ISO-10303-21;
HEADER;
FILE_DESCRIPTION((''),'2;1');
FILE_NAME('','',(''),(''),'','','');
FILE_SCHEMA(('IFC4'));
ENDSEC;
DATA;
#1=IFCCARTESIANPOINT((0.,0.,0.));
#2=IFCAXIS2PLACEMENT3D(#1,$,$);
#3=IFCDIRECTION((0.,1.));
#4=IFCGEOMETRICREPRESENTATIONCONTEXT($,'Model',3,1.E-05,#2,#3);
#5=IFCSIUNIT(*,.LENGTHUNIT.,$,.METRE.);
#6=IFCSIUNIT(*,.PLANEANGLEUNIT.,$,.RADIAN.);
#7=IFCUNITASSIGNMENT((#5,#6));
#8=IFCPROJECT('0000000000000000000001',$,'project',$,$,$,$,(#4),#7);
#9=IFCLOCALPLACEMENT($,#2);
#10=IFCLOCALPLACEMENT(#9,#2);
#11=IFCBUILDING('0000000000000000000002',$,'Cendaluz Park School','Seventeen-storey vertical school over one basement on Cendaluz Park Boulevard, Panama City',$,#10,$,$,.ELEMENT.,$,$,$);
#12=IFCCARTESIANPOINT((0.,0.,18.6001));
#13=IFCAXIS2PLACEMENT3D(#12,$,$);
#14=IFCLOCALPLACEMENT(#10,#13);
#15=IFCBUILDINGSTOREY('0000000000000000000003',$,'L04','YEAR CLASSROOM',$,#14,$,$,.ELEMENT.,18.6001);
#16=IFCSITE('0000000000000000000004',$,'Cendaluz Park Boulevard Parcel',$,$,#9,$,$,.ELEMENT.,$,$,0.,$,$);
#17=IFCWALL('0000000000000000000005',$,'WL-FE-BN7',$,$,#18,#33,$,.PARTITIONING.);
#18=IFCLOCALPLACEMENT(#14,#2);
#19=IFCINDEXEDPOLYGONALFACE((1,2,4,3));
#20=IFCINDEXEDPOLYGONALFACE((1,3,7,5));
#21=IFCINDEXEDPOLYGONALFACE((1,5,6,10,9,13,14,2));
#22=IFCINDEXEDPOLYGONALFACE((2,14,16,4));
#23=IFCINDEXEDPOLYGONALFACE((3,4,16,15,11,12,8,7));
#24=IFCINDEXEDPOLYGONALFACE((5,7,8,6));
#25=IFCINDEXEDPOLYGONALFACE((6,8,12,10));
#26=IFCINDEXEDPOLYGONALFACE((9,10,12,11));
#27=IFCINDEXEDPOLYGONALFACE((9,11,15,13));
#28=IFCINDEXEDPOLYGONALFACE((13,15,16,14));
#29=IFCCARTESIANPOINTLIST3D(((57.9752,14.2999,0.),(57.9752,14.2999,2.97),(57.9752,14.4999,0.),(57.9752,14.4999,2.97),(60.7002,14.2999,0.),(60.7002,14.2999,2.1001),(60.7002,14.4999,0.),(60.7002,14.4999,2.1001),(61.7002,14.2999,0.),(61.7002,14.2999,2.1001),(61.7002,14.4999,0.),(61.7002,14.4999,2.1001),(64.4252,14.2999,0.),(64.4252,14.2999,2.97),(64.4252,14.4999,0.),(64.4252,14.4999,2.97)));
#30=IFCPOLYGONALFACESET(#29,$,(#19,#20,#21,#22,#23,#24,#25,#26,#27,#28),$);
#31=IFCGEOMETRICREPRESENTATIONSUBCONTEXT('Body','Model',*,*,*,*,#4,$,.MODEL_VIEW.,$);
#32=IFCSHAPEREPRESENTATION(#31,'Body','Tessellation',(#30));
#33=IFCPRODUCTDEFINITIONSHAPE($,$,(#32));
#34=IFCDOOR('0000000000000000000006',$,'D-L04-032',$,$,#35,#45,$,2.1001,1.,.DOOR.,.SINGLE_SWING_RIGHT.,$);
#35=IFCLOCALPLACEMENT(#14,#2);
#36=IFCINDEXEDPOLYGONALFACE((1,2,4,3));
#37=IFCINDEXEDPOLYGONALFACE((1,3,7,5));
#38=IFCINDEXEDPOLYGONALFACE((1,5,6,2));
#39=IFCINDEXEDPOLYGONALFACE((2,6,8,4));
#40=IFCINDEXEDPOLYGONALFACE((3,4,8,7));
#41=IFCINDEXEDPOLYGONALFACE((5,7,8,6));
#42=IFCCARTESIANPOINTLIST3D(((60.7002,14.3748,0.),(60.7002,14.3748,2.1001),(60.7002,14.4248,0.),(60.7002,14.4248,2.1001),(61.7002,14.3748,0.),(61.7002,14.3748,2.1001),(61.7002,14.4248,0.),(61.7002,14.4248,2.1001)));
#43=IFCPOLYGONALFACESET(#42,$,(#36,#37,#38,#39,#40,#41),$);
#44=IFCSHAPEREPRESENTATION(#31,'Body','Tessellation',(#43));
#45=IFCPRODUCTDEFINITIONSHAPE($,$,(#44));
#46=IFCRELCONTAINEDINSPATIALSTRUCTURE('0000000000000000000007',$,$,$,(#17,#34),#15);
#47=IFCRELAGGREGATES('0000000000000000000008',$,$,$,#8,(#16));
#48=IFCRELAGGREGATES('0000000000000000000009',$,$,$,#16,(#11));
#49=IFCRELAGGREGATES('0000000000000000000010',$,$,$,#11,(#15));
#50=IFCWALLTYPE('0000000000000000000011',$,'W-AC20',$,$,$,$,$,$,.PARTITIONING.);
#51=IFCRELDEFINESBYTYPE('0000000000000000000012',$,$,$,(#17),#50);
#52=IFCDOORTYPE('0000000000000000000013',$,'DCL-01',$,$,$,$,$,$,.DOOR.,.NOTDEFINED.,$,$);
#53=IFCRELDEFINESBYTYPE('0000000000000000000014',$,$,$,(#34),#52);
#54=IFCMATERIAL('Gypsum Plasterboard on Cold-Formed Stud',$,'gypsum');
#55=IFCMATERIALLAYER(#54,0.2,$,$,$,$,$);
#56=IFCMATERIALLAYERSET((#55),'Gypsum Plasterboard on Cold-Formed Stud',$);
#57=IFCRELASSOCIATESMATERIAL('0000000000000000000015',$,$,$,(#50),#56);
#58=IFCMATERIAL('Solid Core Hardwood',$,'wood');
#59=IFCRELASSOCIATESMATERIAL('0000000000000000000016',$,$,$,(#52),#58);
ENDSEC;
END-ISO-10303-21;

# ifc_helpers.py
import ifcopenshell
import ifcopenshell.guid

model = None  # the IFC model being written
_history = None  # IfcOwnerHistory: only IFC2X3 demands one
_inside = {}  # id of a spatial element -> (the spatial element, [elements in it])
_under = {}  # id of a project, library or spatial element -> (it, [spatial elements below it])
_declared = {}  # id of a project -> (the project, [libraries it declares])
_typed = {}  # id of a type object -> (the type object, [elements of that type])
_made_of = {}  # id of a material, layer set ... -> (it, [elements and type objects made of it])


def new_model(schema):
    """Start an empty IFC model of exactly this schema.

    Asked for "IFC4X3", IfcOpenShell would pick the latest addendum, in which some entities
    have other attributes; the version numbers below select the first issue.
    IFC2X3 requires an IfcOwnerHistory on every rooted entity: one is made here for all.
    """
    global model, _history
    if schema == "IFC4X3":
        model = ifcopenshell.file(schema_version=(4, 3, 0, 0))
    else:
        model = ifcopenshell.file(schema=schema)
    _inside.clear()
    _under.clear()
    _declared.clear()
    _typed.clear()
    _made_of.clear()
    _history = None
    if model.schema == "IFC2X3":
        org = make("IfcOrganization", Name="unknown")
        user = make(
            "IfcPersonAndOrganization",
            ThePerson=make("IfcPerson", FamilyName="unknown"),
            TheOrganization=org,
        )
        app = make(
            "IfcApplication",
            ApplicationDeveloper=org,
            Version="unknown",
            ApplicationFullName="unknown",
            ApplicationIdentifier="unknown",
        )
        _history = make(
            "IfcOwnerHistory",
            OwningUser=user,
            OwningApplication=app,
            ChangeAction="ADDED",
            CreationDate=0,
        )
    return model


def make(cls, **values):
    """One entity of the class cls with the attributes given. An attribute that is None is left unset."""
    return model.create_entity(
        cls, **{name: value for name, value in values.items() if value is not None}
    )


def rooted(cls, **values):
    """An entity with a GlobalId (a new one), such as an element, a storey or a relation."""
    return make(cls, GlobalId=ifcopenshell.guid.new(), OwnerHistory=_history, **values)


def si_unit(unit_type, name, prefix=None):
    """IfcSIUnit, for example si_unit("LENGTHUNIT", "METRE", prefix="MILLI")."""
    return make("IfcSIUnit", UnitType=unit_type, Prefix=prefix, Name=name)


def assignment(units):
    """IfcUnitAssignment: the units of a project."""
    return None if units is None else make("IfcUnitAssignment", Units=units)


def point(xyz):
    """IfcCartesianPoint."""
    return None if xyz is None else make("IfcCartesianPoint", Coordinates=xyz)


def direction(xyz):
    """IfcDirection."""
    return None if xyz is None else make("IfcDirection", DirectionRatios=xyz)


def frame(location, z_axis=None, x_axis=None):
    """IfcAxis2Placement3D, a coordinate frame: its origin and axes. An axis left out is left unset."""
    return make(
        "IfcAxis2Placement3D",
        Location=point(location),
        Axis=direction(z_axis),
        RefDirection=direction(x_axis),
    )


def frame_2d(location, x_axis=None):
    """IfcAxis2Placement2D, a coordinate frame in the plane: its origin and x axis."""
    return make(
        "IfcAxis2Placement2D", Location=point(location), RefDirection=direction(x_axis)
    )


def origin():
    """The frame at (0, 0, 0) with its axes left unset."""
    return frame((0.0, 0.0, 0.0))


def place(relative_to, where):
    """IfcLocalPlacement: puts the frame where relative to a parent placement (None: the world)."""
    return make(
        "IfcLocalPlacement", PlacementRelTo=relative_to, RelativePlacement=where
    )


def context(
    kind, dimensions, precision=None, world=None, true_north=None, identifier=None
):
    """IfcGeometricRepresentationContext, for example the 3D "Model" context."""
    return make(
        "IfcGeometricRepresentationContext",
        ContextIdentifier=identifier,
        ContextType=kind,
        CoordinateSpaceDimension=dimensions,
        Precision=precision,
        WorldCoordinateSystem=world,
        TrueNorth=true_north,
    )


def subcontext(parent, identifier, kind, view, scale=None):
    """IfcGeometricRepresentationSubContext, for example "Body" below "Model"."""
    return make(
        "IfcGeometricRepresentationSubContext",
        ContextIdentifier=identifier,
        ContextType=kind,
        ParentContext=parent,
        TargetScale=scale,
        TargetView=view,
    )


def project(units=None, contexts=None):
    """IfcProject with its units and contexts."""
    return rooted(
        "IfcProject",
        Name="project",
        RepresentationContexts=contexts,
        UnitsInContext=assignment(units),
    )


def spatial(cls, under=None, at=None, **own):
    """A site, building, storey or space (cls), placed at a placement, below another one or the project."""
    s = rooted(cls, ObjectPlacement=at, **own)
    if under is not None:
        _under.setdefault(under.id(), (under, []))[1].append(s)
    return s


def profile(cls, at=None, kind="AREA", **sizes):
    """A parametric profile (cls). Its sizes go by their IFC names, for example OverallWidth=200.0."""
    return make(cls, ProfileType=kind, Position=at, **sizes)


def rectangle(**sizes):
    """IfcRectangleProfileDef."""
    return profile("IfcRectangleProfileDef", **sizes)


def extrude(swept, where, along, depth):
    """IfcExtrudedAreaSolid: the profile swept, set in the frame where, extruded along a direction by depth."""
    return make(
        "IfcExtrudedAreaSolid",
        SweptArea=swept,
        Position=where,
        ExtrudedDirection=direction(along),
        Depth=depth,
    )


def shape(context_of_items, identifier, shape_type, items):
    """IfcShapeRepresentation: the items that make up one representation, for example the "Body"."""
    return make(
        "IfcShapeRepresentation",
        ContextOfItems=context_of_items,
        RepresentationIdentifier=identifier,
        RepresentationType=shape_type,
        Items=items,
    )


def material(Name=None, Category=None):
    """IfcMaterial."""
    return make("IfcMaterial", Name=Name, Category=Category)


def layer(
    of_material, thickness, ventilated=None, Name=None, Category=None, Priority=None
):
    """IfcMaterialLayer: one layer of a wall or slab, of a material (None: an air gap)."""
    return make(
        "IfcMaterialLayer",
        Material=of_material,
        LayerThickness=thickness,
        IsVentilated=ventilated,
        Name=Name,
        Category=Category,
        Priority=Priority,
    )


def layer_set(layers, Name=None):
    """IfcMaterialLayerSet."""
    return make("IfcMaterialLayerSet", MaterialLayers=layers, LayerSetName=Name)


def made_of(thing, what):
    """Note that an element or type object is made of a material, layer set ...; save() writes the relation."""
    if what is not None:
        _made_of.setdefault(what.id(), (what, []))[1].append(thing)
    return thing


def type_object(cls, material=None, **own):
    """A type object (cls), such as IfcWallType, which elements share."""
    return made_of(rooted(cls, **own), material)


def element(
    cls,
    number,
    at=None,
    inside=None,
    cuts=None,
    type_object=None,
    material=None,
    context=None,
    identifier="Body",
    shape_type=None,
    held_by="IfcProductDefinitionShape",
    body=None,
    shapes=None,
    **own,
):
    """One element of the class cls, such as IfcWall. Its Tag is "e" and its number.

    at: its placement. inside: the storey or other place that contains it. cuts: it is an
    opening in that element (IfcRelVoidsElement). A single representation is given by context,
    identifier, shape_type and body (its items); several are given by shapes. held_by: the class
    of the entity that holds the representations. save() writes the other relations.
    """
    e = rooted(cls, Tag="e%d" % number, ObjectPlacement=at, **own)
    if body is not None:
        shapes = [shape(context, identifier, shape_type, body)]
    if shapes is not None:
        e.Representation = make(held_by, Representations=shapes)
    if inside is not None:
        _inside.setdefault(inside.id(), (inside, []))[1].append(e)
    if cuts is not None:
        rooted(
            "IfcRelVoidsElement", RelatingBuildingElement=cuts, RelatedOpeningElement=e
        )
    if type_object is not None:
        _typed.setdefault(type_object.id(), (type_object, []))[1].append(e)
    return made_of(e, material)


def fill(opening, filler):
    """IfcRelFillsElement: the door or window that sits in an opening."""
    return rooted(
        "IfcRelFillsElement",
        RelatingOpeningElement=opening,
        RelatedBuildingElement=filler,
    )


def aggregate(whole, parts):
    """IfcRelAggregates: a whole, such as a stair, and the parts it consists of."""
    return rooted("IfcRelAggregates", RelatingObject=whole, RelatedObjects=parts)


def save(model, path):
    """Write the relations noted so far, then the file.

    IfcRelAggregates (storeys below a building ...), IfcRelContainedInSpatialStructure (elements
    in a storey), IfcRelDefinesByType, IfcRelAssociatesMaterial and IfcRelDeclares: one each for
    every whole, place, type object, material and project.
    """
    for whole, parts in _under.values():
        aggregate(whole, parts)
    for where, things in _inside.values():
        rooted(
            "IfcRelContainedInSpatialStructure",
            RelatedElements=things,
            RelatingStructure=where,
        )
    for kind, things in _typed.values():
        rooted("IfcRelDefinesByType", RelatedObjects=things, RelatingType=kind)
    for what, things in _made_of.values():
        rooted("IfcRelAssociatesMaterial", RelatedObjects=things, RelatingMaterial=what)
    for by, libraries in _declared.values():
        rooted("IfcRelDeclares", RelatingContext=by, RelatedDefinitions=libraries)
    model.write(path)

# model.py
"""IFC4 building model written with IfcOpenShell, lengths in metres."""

from ifc_helpers import new_model, si_unit, direction, frame, frame_2d, origin, place, context, subcontext, project, spatial, rectangle, extrude, material, layer, layer_set, type_object, element, fill, save


model = new_model("IFC4")

# Units and contexts
model_context = context("Model", 3, precision=1e-05, world=origin(), true_north=direction((0.0, 1.0)))
body_context = subcontext(model_context, "Body", "Model", "MODEL_VIEW")
ifc_project = project(units=[si_unit("LENGTHUNIT", "METRE"), si_unit("PLANEANGLEUNIT", "RADIAN")], contexts=[model_context])

# Site, building, storey
site_placement = place(None, origin())
site = spatial("IfcSite", under=ifc_project, at=site_placement, Name="Cendaluz Park Boulevard Parcel", CompositionType="ELEMENT", RefElevation=0.0)
building_placement = place(site_placement, origin())
building = spatial("IfcBuilding", under=site, at=building_placement, Name="Cendaluz Park School", Description="Seventeen-storey vertical school over one basement on Cendaluz Park Boulevard, Panama City", CompositionType="ELEMENT")
storey_placement = place(building_placement, frame((0.0, 0.0, 18.6001)))
storey = spatial("IfcBuildingStorey", under=building, at=storey_placement, Name="L04", Description="YEAR CLASSROOM", CompositionType="ELEMENT", Elevation=18.6001)

# Wall, opening, door
ifc_material_1 = material(Name="Gypsum Plasterboard on Cold-Formed Stud", Category="gypsum")
ifc_layer_1 = layer(ifc_material_1, 0.2)
ifc_layer_set_1 = layer_set([ifc_layer_1], Name="Gypsum Plasterboard on Cold-Formed Stud")
wall_type = type_object("IfcWallType", Name="W-AC20", PredefinedType="PARTITIONING", material=ifc_layer_set_1)
wall_placement = place(storey_placement, frame((57.9751, 14.3999, 0.0), z_axis=(0.0, 0.0, 1.0), x_axis=(1.0, 0.0, 0.0)))
wall = element("IfcWall", 1, at=wall_placement, inside=storey, type_object=wall_type, Name="WL-FE-BN7", PredefinedType="PARTITIONING", context=body_context, shape_type="SweptSolid", body=[
    extrude(rectangle(XDim=6.45, YDim=0.2, at=frame_2d((3.2251, 0.0))), origin(), (0.0, 0.0, 1.0), 2.97),
])
opening_placement = place(wall_placement, frame((2.7251, 0.0, 0.0)))
opening = element("IfcOpeningElement", 2, at=opening_placement, cuts=wall, PredefinedType="OPENING", context=body_context, shape_type="SweptSolid", body=[
    extrude(rectangle(XDim=1.0, YDim=2.1001, at=frame_2d((0.5, 1.05))), frame((0.0, 0.1121, 0.0), z_axis=(0.0, -1.0, 0.0), x_axis=(1.0, 0.0, 0.0)), (0.0, 0.0, 1.0), 0.2239),
])
ifc_material_2 = material(Name="Solid Core Hardwood", Category="wood")
door_type = type_object("IfcDoorType", Name="DCL-01", OperationType="NOTDEFINED", PredefinedType="DOOR", material=ifc_material_2)
door_placement = place(opening_placement, origin())
door = element("IfcDoor", 3, at=door_placement, inside=storey, type_object=door_type, Name="D-L04-032", OperationType="SINGLE_SWING_RIGHT", OverallHeight=2.1001, OverallWidth=1.0, PredefinedType="DOOR", context=body_context, shape_type="SweptSolid", body=[
    extrude(rectangle(XDim=1.0, YDim=2.1001, at=frame_2d((0.5, 1.05))), frame((0.0, 0.0249, 0.0), z_axis=(0.0, -1.0, 0.0), x_axis=(1.0, 0.0, 0.0)), (0.0, 0.0, 1.0), 0.05),
])
fill(opening, door)

save(model, "model.ifc")
